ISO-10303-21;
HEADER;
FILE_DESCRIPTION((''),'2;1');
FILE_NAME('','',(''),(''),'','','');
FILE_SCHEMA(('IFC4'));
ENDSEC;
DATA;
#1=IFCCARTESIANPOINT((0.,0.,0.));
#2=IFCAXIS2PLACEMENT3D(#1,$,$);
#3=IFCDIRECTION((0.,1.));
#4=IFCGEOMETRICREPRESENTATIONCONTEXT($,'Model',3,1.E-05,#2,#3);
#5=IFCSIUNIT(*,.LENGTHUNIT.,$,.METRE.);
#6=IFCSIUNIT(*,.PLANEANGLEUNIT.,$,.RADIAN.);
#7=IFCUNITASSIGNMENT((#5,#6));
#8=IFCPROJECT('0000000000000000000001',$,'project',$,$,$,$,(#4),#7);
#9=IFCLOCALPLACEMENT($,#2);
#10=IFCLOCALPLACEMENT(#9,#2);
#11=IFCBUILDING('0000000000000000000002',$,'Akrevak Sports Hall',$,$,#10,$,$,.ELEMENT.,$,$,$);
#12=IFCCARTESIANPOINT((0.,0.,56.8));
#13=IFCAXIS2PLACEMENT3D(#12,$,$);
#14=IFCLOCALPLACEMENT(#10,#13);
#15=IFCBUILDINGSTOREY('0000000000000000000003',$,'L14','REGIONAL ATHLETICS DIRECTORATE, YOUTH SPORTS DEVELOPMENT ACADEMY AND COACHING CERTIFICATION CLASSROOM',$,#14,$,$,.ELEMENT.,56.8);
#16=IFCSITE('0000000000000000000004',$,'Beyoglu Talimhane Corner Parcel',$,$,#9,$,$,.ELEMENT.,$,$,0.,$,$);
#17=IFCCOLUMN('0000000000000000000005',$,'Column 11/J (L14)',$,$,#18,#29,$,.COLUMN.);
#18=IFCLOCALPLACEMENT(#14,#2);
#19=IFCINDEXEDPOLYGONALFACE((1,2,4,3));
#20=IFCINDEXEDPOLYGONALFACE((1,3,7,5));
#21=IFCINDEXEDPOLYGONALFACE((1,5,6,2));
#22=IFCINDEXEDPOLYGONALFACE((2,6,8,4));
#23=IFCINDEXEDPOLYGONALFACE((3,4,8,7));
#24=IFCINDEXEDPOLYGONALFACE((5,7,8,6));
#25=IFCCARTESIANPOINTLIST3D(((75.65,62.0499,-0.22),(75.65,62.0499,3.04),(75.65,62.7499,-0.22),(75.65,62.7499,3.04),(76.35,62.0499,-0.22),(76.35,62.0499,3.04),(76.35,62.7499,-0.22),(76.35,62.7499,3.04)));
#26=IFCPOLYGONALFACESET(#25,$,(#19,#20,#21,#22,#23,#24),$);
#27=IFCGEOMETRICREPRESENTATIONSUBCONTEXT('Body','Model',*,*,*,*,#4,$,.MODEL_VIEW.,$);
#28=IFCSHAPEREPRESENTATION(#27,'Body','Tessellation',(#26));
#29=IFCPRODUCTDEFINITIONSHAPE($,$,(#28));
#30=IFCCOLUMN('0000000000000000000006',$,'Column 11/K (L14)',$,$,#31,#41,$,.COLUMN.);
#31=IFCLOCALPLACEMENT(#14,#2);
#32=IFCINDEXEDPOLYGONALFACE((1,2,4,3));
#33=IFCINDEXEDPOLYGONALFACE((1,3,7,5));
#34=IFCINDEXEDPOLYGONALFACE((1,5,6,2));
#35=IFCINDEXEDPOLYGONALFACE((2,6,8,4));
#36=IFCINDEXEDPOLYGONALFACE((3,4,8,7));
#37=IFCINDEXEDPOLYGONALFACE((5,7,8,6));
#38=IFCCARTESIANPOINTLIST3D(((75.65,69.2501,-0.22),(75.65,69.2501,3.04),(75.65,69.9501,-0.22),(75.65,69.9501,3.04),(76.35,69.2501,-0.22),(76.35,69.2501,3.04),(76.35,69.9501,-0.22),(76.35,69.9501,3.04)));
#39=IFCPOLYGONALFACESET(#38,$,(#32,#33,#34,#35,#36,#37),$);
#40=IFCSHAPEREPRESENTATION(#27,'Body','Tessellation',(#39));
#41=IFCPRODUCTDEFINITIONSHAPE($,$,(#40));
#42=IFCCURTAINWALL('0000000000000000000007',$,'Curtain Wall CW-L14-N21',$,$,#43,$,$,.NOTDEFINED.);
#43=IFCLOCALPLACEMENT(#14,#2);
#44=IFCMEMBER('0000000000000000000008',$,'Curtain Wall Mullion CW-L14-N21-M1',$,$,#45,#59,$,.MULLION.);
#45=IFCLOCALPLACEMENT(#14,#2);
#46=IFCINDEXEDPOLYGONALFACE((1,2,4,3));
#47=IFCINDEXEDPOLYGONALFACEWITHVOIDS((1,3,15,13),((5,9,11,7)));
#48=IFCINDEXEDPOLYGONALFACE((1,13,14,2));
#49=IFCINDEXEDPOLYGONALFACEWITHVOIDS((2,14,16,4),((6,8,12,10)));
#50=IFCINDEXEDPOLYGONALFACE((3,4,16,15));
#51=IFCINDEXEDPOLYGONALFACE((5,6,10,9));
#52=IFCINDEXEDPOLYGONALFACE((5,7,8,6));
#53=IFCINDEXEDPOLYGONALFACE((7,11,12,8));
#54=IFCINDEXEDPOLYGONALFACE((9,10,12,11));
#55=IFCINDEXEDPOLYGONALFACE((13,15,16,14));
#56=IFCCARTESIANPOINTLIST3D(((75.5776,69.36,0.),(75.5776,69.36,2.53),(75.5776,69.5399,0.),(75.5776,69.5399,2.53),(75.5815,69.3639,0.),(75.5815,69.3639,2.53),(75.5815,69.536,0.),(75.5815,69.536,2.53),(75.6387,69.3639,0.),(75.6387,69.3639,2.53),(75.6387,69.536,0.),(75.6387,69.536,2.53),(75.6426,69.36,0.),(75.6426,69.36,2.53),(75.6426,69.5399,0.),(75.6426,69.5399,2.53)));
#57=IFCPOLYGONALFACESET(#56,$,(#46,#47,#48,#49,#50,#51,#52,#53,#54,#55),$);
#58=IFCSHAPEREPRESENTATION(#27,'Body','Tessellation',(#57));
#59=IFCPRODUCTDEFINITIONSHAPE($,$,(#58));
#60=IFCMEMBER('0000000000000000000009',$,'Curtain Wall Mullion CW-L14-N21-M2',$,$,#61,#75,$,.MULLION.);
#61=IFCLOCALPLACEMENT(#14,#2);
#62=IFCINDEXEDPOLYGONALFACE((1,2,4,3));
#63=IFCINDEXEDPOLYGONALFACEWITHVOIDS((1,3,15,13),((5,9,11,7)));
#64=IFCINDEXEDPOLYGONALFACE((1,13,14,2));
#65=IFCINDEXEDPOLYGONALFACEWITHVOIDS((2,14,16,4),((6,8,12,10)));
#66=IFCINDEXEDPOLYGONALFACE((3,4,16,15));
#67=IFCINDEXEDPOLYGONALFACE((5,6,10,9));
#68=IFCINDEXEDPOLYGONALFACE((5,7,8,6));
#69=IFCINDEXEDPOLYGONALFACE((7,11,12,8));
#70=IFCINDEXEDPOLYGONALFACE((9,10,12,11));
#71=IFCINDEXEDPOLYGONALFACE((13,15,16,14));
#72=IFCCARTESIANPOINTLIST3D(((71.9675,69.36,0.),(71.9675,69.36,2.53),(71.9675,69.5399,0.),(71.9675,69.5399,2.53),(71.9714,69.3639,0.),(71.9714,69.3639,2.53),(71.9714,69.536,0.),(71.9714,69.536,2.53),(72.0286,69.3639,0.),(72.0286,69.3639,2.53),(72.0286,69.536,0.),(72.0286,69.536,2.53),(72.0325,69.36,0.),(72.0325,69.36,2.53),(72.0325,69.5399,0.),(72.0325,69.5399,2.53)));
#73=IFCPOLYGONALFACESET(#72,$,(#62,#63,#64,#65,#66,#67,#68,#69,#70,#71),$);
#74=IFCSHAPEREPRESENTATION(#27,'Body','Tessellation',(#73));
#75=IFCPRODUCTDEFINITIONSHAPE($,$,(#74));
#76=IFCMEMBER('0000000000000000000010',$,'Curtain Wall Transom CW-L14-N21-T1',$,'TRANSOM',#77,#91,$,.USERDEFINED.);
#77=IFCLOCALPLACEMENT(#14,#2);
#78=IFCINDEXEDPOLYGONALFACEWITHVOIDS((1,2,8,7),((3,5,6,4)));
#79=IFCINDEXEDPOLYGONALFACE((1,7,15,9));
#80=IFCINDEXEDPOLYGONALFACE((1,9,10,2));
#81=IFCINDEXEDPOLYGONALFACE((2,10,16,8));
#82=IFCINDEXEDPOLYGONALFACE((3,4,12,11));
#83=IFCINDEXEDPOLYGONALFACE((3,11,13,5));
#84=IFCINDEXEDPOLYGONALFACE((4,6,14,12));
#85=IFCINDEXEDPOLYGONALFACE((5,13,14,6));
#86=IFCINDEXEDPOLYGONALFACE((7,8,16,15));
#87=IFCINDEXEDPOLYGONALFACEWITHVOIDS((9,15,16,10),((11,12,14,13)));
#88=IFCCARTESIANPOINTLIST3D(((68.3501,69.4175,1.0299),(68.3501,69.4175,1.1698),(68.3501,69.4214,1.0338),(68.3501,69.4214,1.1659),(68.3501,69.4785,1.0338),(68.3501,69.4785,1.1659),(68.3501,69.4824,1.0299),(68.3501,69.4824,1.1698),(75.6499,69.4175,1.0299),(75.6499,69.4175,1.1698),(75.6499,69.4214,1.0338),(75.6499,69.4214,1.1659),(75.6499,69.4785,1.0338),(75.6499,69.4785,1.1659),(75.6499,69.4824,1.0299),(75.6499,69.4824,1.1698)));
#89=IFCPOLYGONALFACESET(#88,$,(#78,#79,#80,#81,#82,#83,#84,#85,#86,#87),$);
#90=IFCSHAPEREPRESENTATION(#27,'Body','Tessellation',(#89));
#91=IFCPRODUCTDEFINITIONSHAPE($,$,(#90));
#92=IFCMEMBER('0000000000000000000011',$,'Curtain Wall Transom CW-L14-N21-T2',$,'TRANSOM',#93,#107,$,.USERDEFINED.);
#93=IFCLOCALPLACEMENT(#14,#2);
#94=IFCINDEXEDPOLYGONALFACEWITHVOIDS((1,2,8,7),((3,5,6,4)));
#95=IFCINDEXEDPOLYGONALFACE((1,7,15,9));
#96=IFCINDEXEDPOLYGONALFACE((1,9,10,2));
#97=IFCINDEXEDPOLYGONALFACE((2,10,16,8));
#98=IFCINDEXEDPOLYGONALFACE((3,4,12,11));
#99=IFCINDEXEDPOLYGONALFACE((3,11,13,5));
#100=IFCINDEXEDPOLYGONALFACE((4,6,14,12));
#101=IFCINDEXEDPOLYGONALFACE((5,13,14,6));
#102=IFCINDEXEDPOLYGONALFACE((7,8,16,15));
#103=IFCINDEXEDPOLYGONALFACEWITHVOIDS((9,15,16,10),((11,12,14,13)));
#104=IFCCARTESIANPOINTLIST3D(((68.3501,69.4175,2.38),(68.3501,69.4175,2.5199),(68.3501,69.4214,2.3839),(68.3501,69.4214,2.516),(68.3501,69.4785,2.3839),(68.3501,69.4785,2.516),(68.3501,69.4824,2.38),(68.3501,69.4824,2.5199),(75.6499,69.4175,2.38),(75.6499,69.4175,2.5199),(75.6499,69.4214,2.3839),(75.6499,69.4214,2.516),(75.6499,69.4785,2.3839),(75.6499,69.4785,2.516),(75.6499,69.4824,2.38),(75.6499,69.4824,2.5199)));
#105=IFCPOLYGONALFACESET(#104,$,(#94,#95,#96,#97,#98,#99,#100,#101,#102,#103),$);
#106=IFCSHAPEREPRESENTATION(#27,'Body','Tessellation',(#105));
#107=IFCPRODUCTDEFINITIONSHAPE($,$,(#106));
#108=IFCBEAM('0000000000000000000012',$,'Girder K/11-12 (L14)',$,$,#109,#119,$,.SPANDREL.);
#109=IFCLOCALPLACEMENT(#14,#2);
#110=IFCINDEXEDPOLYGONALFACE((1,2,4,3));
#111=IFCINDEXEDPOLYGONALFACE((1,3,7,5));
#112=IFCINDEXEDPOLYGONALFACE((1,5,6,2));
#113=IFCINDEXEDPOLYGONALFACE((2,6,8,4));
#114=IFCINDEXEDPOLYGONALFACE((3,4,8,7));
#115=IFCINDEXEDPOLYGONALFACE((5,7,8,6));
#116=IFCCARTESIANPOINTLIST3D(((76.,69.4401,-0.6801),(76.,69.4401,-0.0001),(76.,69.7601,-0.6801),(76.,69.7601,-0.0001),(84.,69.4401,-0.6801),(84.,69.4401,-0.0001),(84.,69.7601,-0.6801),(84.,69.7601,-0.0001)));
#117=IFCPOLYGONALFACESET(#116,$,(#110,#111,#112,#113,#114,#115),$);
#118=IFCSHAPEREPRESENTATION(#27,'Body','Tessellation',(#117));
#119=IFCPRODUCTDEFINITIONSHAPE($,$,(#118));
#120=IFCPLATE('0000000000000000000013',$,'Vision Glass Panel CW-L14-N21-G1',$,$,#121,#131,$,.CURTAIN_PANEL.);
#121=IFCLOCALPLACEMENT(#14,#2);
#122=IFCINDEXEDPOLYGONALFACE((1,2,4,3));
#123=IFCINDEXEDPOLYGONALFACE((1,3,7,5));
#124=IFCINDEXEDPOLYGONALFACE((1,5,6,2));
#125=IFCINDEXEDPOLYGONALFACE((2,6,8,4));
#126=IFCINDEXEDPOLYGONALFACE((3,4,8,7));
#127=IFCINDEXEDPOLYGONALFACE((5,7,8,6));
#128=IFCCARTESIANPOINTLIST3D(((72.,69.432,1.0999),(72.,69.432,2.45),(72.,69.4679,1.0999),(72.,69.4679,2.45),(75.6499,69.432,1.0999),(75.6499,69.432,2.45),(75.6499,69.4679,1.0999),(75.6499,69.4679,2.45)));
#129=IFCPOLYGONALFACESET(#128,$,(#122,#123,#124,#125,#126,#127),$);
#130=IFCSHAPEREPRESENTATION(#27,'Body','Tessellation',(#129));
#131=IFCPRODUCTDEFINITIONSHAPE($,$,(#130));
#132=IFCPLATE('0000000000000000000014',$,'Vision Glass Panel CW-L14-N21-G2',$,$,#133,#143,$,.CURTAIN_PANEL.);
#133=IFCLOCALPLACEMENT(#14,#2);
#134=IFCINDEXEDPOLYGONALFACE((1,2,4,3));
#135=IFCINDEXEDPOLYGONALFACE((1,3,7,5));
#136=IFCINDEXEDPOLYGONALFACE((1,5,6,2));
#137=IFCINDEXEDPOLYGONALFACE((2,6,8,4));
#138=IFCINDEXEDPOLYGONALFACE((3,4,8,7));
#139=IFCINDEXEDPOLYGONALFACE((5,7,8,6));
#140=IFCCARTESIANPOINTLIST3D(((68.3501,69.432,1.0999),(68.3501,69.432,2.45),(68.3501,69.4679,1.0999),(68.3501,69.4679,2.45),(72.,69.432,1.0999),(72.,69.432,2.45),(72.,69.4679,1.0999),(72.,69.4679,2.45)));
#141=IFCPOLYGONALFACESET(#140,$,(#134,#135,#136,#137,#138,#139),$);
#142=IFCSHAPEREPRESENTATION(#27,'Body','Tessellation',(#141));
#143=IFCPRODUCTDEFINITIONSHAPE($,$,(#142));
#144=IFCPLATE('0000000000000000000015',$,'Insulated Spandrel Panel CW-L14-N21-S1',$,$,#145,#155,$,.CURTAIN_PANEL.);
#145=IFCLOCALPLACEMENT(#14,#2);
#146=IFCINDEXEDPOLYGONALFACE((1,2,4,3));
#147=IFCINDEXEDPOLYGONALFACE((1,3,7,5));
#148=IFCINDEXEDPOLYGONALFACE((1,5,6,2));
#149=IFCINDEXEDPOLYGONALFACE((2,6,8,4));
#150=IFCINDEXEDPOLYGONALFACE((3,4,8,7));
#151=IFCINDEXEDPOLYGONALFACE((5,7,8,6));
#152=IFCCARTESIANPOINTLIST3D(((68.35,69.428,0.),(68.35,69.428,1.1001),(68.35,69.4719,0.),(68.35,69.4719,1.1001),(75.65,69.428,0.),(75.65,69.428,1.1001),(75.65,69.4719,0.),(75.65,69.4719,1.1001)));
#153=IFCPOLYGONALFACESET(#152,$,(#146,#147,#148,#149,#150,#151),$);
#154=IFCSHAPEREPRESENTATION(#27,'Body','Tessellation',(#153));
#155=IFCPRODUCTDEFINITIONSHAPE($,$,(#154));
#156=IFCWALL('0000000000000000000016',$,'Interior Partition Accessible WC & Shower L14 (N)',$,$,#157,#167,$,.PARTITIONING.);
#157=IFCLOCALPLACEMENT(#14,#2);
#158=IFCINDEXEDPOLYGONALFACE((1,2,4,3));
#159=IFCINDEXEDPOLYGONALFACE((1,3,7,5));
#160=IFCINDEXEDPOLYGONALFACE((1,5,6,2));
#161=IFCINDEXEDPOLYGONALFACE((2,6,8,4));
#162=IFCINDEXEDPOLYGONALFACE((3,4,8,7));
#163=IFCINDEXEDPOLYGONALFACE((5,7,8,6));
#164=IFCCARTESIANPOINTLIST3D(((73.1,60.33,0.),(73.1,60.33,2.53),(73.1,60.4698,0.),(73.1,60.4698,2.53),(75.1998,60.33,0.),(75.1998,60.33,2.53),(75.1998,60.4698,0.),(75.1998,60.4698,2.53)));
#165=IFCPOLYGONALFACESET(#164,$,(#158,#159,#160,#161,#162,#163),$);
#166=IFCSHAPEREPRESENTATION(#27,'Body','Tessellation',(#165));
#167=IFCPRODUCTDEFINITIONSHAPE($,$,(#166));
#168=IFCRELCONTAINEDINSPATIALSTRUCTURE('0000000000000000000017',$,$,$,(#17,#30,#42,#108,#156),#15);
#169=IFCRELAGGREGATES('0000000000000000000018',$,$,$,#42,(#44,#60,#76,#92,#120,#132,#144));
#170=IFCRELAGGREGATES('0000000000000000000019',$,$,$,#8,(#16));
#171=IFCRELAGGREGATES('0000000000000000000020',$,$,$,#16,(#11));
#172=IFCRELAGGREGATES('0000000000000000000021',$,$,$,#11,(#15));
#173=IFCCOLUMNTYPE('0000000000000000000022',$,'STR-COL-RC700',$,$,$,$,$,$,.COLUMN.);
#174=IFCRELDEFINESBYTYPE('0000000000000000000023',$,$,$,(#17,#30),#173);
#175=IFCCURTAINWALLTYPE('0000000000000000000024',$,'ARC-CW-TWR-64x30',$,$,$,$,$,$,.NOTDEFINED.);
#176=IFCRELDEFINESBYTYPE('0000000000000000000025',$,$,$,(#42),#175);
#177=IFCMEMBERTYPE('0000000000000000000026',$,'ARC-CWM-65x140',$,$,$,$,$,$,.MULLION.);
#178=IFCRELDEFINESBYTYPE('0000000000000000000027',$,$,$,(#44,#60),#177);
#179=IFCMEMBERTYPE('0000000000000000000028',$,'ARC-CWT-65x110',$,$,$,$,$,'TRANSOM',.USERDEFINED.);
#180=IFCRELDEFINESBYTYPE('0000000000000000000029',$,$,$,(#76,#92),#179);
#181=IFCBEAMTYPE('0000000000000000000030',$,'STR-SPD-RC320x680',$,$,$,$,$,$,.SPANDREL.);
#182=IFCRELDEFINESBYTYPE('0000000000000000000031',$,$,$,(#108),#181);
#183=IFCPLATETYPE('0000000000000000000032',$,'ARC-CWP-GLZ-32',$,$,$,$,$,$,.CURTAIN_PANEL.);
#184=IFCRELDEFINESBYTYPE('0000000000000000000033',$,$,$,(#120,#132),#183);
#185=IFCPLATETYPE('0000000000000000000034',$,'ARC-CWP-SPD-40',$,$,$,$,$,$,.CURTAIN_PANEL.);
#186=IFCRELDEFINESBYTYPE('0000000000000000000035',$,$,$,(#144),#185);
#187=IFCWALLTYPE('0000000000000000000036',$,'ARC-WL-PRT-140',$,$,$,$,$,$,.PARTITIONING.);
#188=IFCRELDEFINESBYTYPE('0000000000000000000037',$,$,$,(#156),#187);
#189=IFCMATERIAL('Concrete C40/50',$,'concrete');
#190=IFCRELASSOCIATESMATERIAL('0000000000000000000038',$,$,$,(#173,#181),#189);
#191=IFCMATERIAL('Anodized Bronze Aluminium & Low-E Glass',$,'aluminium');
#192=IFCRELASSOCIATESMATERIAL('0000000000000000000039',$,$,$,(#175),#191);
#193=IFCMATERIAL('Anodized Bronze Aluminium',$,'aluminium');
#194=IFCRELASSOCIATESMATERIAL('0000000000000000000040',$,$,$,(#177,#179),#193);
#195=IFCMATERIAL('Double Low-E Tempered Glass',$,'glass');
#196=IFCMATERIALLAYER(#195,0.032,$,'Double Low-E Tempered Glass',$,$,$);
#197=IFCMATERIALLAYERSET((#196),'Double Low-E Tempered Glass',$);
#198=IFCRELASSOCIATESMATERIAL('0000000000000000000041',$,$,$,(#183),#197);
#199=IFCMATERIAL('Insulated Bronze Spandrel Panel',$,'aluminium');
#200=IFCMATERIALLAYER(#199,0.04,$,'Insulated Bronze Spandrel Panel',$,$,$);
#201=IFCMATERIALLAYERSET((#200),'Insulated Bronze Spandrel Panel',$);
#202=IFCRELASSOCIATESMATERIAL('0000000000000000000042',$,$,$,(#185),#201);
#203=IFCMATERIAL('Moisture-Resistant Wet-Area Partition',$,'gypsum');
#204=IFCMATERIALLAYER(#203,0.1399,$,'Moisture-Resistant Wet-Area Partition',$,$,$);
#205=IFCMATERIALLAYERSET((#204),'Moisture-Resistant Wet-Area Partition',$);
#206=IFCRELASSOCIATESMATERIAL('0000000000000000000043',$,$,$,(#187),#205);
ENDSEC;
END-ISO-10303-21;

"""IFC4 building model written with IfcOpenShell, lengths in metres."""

from ifc_helpers import new_model, si_unit, direction, frame, frame_2d, origin, origin_2d, place, context, subcontext, project, spatial, rectangle, hollow_rectangle, extrude, material, layer, layer_set, material_profile, profile_set, type_object, element, aggregate, save


model = new_model("IFC4")

# Units and contexts
model_context = context("Model", 3, precision=1e-05, world=origin(), true_north=direction((0.0, 1.0)))
body_context = subcontext(model_context, "Body", "Model", "MODEL_VIEW")
ifc_project = project(units=[si_unit("LENGTHUNIT", "METRE"), si_unit("PLANEANGLEUNIT", "RADIAN")], contexts=[model_context])

# Site, building, storey
site_placement = place(None, origin())
site = spatial("IfcSite", under=ifc_project, at=site_placement, Name="Beyoglu Talimhane Corner Parcel", CompositionType="ELEMENT", RefElevation=0.0)
building_placement = place(site_placement, origin())
building = spatial("IfcBuilding", under=site, at=building_placement, Name="Akrevak Sports Hall", CompositionType="ELEMENT")
storey_placement = place(building_placement, frame((0.0, 0.0, 56.8)))
storey = spatial("IfcBuildingStorey", under=building, at=storey_placement, Name="L14", Description="REGIONAL ATHLETICS DIRECTORATE, YOUTH SPORTS DEVELOPMENT ACADEMY AND COACHING CERTIFICATION CLASSROOM", CompositionType="ELEMENT", Elevation=56.8)

# Columns
ifc_material_1 = material(Name="Concrete C40/50", Category="concrete")
ifc_material_profile_1 = material_profile(ifc_material_1, rectangle(XDim=0.7, YDim=0.7, at=origin_2d()), Name="RC 700x700", Category="concrete")
ifc_profile_set_1 = profile_set([ifc_material_profile_1], Name="Concrete C40/50")
column_type = type_object("IfcColumnType", Name="STR-COL-RC700", PredefinedType="COLUMN", material=ifc_profile_set_1)
for number, where, z_axis, x_axis, name in (
    (1, (76.0, 62.3999, -0.22), (0.0, 0.0, 1.0), (1.0, 0.0, 0.0), "Column 11/J (L14)"),
    (2, (76.0, 69.6001, -0.22), (0.0, 0.0, 1.0), (1.0, 0.0, 0.0), "Column 11/K (L14)"),
):
    element("IfcColumn", number, at=place(storey_placement, frame(where, z_axis=z_axis, x_axis=x_axis)), inside=storey, type_object=column_type, Name=name, PredefinedType="COLUMN", context=body_context, shape_type="SweptSolid", body=[
        extrude(rectangle(XDim=0.7, YDim=0.7, at=origin_2d()), origin(), (0.0, 0.0, 1.0), 3.26),
    ])

# Curtain wall, members
ifc_material_2 = material(Name="Anodized Bronze Aluminium & Low-E Glass", Category="aluminium")
curtain_wall_type = type_object("IfcCurtainWallType", Name="ARC-CW-TWR-64x30", PredefinedType="NOTDEFINED", material=ifc_material_2)
curtain_wall_placement = place(storey_placement, origin())
curtain_wall = element("IfcCurtainWall", 3, at=curtain_wall_placement, inside=storey, type_object=curtain_wall_type, Name="Curtain Wall CW-L14-N21", PredefinedType="NOTDEFINED")
ifc_material_3 = material(Name="Anodized Bronze Aluminium", Category="aluminium")
ifc_material_profile_2 = material_profile(ifc_material_3, hollow_rectangle(XDim=0.0649, YDim=0.1799, WallThickness=0.0039, at=origin_2d()), Name="CWM 65x180", Category="aluminium")
ifc_profile_set_2 = profile_set([ifc_material_profile_2], Name="Anodized Bronze Aluminium")
member_type_1 = type_object("IfcMemberType", Name="ARC-CWM-65x140", PredefinedType="MULLION", material=ifc_profile_set_2)
member_1_placement = place(storey_placement, frame((75.6101, 69.45, 0.0), z_axis=(0.0, 0.0, 1.0), x_axis=(-1.0, 0.0, 0.0)))
member_1 = element("IfcMember", 4, at=member_1_placement, type_object=member_type_1, Name="Curtain Wall Mullion CW-L14-N21-M1", PredefinedType="MULLION", context=body_context, shape_type="SweptSolid", body=[
    extrude(hollow_rectangle(XDim=0.0649, YDim=0.1799, WallThickness=0.0039, at=origin_2d()), origin(), (0.0, 0.0, 1.0), 2.53),
])
member_2_placement = place(storey_placement, frame((72.0, 69.45, 0.0), z_axis=(0.0, 0.0, 1.0), x_axis=(-1.0, 0.0, 0.0)))
member_2 = element("IfcMember", 5, at=member_2_placement, type_object=member_type_1, Name="Curtain Wall Mullion CW-L14-N21-M2", PredefinedType="MULLION", context=body_context, shape_type="SweptSolid", body=[
    extrude(hollow_rectangle(XDim=0.0649, YDim=0.1799, WallThickness=0.0039, at=origin_2d()), origin(), (0.0, 0.0, 1.0), 2.53),
])
ifc_material_profile_3 = material_profile(ifc_material_3, hollow_rectangle(XDim=0.0649, YDim=0.1399, WallThickness=0.0039, at=origin_2d()), Name="CWT 65x140", Category="aluminium")
ifc_profile_set_3 = profile_set([ifc_material_profile_3], Name="Anodized Bronze Aluminium")
member_type_2 = type_object("IfcMemberType", Name="ARC-CWT-65x110", ElementType="TRANSOM", PredefinedType="USERDEFINED", material=ifc_profile_set_3)
member_3_placement = place(storey_placement, frame((75.6499, 69.45, 1.0999), z_axis=(-1.0, 0.0, 0.0), x_axis=(0.0, -1.0, 0.0)))
member_3 = element("IfcMember", 6, at=member_3_placement, type_object=member_type_2, Name="Curtain Wall Transom CW-L14-N21-T1", ObjectType="TRANSOM", PredefinedType="USERDEFINED", context=body_context, shape_type="SweptSolid", body=[
    extrude(hollow_rectangle(XDim=0.0649, YDim=0.1399, WallThickness=0.0039, at=origin_2d()), origin(), (0.0, 0.0, 1.0), 7.2998),
])
member_4_placement = place(storey_placement, frame((75.6499, 69.45, 2.45), z_axis=(-1.0, 0.0, 0.0), x_axis=(0.0, -1.0, 0.0)))
member_4 = element("IfcMember", 7, at=member_4_placement, type_object=member_type_2, Name="Curtain Wall Transom CW-L14-N21-T2", ObjectType="TRANSOM", PredefinedType="USERDEFINED", context=body_context, shape_type="SweptSolid", body=[
    extrude(hollow_rectangle(XDim=0.0649, YDim=0.1399, WallThickness=0.0039, at=origin_2d()), origin(), (0.0, 0.0, 1.0), 7.2998),
])

# Beam
ifc_material_profile_4 = material_profile(ifc_material_1, rectangle(XDim=0.3201, YDim=0.6799, at=origin_2d()), Name="SPD 320x680", Category="concrete")
ifc_profile_set_4 = profile_set([ifc_material_profile_4], Name="Concrete C40/50")
beam_type = type_object("IfcBeamType", Name="STR-SPD-RC320x680", PredefinedType="SPANDREL", material=ifc_profile_set_4)
beam_placement = place(storey_placement, frame((76.0, 69.6001, -0.3401), z_axis=(1.0, 0.0, 0.0), x_axis=(0.0, 1.0, 0.0)))
element("IfcBeam", 8, at=beam_placement, inside=storey, type_object=beam_type, Name="Girder K/11-12 (L14)", PredefinedType="SPANDREL", context=body_context, shape_type="SweptSolid", body=[
    extrude(rectangle(XDim=0.3201, YDim=0.6799, at=origin_2d()), origin(), (0.0, 0.0, 1.0), 8.0),
])

# Plates
ifc_material_4 = material(Name="Double Low-E Tempered Glass", Category="glass")
ifc_layer_1 = layer(ifc_material_4, 0.032, Name="Double Low-E Tempered Glass")
ifc_layer_set_1 = layer_set([ifc_layer_1], Name="Double Low-E Tempered Glass")
plate_type_1 = type_object("IfcPlateType", Name="ARC-CWP-GLZ-32", PredefinedType="CURTAIN_PANEL", material=ifc_layer_set_1)
plate_1_placement = place(storey_placement, frame((73.825, 69.45, 1.0999), z_axis=(0.0, 0.0, 1.0), x_axis=(-1.0, 0.0, 0.0)))
plate_1 = element("IfcPlate", 9, at=plate_1_placement, type_object=plate_type_1, Name="Vision Glass Panel CW-L14-N21-G1", PredefinedType="CURTAIN_PANEL", context=body_context, shape_type="SweptSolid", body=[
    extrude(rectangle(XDim=3.6499, YDim=0.0359, at=origin_2d()), origin(), (0.0, 0.0, 1.0), 1.3501),
])
plate_2_placement = place(storey_placement, frame((70.175, 69.45, 1.0999), z_axis=(0.0, 0.0, 1.0), x_axis=(-1.0, 0.0, 0.0)))
plate_2 = element("IfcPlate", 10, at=plate_2_placement, type_object=plate_type_1, Name="Vision Glass Panel CW-L14-N21-G2", PredefinedType="CURTAIN_PANEL", context=body_context, shape_type="SweptSolid", body=[
    extrude(rectangle(XDim=3.6499, YDim=0.0359, at=origin_2d()), origin(), (0.0, 0.0, 1.0), 1.3501),
])
ifc_material_5 = material(Name="Insulated Bronze Spandrel Panel", Category="aluminium")
ifc_layer_2 = layer(ifc_material_5, 0.04, Name="Insulated Bronze Spandrel Panel")
ifc_layer_set_2 = layer_set([ifc_layer_2], Name="Insulated Bronze Spandrel Panel")
plate_type_2 = type_object("IfcPlateType", Name="ARC-CWP-SPD-40", PredefinedType="CURTAIN_PANEL", material=ifc_layer_set_2)
plate_3_placement = place(storey_placement, frame((72.0, 69.45, 0.0), z_axis=(0.0, 0.0, 1.0), x_axis=(-1.0, 0.0, 0.0)))
plate_3 = element("IfcPlate", 11, at=plate_3_placement, type_object=plate_type_2, Name="Insulated Spandrel Panel CW-L14-N21-S1", PredefinedType="CURTAIN_PANEL", context=body_context, shape_type="SweptSolid", body=[
    extrude(rectangle(XDim=7.3, YDim=0.0439, at=origin_2d()), origin(), (0.0, 0.0, 1.0), 1.1001),
])
aggregate(curtain_wall, [member_1, member_2, member_3, member_4, plate_1, plate_2, plate_3])

# Wall
ifc_material_6 = material(Name="Moisture-Resistant Wet-Area Partition", Category="gypsum")
ifc_layer_3 = layer(ifc_material_6, 0.1399, Name="Moisture-Resistant Wet-Area Partition")
ifc_layer_set_3 = layer_set([ifc_layer_3], Name="Moisture-Resistant Wet-Area Partition")
wall_type_1 = type_object("IfcWallType", Name="ARC-WL-PRT-140", PredefinedType="PARTITIONING", material=ifc_layer_set_3)
wall_1_placement = place(storey_placement, frame((73.1001, 60.3999, 0.0), z_axis=(0.0, 0.0, 1.0), x_axis=(1.0, 0.0, 0.0)))
element("IfcWall", 12, at=wall_1_placement, inside=storey, type_object=wall_type_1, Name="Interior Partition Accessible WC & Shower L14 (N)", PredefinedType="PARTITIONING", context=body_context, shape_type="SweptSolid", body=[
    extrude(rectangle(XDim=2.0999, YDim=0.1399, at=frame_2d((1.0498, 0.0))), origin(), (0.0, 0.0, 1.0), 2.53),
])

save(model, "model.ifc")
